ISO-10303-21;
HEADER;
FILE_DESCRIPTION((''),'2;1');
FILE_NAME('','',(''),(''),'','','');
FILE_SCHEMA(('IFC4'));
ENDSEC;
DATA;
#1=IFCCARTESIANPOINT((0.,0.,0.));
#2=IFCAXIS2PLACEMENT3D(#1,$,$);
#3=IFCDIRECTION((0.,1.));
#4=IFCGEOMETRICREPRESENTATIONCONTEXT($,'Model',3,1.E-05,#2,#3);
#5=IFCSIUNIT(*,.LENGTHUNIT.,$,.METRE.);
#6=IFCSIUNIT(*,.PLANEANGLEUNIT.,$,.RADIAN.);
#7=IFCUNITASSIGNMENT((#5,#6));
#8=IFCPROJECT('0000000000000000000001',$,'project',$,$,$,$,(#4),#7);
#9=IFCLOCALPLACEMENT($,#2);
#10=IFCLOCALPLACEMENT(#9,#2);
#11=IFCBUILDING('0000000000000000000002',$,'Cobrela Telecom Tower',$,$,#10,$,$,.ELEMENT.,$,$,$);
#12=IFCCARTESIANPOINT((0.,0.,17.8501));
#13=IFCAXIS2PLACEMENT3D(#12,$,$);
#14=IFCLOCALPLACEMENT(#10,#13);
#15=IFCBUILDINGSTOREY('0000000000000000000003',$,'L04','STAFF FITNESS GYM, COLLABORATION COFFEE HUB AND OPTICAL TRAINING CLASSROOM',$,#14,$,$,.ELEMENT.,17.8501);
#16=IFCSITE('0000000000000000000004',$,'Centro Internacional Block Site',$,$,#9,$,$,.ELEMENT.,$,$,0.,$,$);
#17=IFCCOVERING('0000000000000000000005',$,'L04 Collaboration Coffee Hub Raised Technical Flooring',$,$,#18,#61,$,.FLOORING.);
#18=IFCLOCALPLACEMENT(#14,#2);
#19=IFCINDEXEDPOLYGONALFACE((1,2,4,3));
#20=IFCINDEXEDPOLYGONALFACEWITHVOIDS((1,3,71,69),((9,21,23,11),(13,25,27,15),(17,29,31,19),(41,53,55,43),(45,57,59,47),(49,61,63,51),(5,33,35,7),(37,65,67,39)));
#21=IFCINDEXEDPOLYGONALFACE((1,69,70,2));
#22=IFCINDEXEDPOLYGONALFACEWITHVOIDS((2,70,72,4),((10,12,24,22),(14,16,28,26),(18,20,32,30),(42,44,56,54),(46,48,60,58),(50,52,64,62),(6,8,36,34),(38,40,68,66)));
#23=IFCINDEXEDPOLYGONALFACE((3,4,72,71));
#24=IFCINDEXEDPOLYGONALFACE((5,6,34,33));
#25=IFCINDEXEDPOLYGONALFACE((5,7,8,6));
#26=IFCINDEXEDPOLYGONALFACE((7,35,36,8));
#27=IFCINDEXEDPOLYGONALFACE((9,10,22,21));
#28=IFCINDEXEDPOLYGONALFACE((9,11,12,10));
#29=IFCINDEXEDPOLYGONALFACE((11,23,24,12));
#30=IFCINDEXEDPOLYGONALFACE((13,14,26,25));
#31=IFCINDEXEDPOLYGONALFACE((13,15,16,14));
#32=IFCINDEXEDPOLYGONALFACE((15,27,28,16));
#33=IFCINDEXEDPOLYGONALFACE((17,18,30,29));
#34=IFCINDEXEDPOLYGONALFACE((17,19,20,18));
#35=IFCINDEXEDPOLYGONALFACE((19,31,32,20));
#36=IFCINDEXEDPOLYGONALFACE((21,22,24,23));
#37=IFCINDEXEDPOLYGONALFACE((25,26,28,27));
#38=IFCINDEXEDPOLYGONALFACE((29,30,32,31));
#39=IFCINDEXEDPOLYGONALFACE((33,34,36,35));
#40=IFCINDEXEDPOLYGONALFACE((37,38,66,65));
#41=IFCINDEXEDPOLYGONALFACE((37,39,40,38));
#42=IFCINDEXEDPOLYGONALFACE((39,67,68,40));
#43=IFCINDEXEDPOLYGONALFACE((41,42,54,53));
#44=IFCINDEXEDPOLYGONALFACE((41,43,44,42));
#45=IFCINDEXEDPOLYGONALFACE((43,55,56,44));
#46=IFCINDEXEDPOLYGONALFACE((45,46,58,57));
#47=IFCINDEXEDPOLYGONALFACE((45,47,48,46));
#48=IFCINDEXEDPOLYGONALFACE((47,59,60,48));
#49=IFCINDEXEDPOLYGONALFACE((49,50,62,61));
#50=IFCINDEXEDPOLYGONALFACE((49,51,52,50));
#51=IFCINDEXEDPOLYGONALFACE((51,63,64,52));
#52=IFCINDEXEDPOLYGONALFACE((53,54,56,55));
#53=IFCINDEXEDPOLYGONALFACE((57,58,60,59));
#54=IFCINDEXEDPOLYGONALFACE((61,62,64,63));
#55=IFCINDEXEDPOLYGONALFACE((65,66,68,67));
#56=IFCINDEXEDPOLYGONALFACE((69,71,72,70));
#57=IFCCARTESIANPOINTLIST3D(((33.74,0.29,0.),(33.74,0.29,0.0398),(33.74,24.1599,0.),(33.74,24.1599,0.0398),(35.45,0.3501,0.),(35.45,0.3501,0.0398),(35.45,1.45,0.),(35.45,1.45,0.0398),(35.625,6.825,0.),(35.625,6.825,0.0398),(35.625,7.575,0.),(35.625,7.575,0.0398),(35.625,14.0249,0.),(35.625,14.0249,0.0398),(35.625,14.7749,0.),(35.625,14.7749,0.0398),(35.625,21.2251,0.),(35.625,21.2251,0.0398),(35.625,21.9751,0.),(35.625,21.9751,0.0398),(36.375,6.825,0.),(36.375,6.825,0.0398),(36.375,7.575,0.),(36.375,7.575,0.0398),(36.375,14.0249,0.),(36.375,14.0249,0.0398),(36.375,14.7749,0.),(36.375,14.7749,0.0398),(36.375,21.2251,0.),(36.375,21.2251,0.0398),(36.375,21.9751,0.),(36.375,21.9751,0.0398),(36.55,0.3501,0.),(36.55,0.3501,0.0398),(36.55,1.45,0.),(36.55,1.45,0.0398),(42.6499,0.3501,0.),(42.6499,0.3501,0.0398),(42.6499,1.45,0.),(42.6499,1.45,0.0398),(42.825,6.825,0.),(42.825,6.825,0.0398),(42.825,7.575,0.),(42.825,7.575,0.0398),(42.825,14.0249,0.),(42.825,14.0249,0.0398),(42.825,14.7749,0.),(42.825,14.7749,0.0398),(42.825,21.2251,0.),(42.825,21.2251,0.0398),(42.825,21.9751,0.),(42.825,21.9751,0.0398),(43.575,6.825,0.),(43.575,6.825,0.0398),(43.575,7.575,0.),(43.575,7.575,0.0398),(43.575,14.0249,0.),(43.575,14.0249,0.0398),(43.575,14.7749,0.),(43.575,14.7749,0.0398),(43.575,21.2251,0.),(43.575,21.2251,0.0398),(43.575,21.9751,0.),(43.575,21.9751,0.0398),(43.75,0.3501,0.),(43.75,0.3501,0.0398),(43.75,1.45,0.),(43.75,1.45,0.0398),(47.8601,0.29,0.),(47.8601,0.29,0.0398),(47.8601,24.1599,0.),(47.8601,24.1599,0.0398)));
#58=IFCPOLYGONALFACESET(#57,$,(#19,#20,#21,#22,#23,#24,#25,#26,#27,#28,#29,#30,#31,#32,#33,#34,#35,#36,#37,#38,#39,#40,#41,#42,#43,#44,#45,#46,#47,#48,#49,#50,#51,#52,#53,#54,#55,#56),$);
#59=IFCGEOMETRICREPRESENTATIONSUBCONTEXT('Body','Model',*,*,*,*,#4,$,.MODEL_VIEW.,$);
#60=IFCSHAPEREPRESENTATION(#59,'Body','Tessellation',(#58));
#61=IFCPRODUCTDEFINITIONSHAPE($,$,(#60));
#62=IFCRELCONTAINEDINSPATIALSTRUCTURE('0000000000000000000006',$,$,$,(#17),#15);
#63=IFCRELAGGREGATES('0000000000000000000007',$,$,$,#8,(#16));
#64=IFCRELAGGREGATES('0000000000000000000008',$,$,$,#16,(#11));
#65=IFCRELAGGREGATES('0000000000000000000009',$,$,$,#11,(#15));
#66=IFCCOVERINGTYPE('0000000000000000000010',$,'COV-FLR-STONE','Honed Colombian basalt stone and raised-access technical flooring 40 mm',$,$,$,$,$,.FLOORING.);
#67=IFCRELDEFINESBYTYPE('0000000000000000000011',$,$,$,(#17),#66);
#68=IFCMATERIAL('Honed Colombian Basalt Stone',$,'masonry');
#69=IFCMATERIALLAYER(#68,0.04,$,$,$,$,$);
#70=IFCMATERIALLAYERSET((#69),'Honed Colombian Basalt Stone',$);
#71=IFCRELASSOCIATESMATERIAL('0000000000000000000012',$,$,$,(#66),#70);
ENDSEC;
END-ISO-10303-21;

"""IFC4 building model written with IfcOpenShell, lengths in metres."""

from ifc_helpers import new_model, si_unit, direction, frame, origin, place, context, subcontext, project, spatial, polyline, outline, extrude, material, layer, layer_set, type_object, element, save


model = new_model("IFC4")

# Units and contexts
model_context = context("Model", 3, precision=1e-05, world=origin(), true_north=direction((0.0, 1.0)))
body_context = subcontext(model_context, "Body", "Model", "MODEL_VIEW")
ifc_project = project(units=[si_unit("LENGTHUNIT", "METRE"), si_unit("PLANEANGLEUNIT", "RADIAN")], contexts=[model_context])

# Site, building, storey
site_placement = place(None, origin())
site = spatial("IfcSite", under=ifc_project, at=site_placement, Name="Centro Internacional Block Site", CompositionType="ELEMENT", RefElevation=0.0)
building_placement = place(site_placement, origin())
building = spatial("IfcBuilding", under=site, at=building_placement, Name="Cobrela Telecom Tower", CompositionType="ELEMENT")
storey_placement = place(building_placement, frame((0.0, 0.0, 17.8501)))
storey = spatial("IfcBuildingStorey", under=building, at=storey_placement, Name="L04", Description="STAFF FITNESS GYM, COLLABORATION COFFEE HUB AND OPTICAL TRAINING CLASSROOM", CompositionType="ELEMENT", Elevation=17.8501)

# Covering
ifc_material_1 = material(Name="Honed Colombian Basalt Stone", Category="masonry")
ifc_layer_1 = layer(ifc_material_1, 0.04)
ifc_layer_set_1 = layer_set([ifc_layer_1], Name="Honed Colombian Basalt Stone")
covering_type_1 = type_object("IfcCoveringType", Name="COV-FLR-STONE", Description="Honed Colombian basalt stone and raised-access technical flooring 40 mm", PredefinedType="FLOORING", material=ifc_layer_set_1)
covering_1_placement = place(storey_placement, origin())
element("IfcCovering", 1, at=covering_1_placement, inside=storey, type_object=covering_type_1, Name="L04 Collaboration Coffee Hub Raised Technical Flooring", PredefinedType="FLOORING", context=body_context, shape_type="SweptSolid", body=[
    extrude(outline(polyline([(47.8601, 0.29), (33.74, 0.29), (33.74, 24.1599), (47.8601, 24.1599), (47.8601, 0.29)]), holes=[polyline([(35.45, 0.3501), (36.55, 0.3501), (36.55, 1.45), (35.45, 1.45), (35.45, 0.3501)]), polyline([(35.625, 6.825), (36.375, 6.825), (36.375, 7.575), (35.625, 7.575), (35.625, 6.825)]), polyline([(42.6499, 0.3501), (43.75, 0.3501), (43.75, 1.45), (42.6499, 1.45), (42.6499, 0.3501)]), polyline([(42.825, 6.825), (43.575, 6.825), (43.575, 7.575), (42.825, 7.575), (42.825, 6.825)]), polyline([(42.825, 14.0249), (43.575, 14.0249), (43.575, 14.7749), (42.825, 14.7749), (42.825, 14.0249)]), polyline([(35.625, 14.0249), (36.375, 14.0249), (36.375, 14.7749), (35.625, 14.7749), (35.625, 14.0249)]), polyline([(42.825, 21.2251), (43.575, 21.2251), (43.575, 21.9751), (42.825, 21.9751), (42.825, 21.2251)]), polyline([(36.375, 21.2251), (36.375, 21.9751), (35.625, 21.9751), (35.625, 21.2251), (36.375, 21.2251)])]), origin(), (0.0, 0.0, 1.0), 0.0398),
])

save(model, "model.ifc")
